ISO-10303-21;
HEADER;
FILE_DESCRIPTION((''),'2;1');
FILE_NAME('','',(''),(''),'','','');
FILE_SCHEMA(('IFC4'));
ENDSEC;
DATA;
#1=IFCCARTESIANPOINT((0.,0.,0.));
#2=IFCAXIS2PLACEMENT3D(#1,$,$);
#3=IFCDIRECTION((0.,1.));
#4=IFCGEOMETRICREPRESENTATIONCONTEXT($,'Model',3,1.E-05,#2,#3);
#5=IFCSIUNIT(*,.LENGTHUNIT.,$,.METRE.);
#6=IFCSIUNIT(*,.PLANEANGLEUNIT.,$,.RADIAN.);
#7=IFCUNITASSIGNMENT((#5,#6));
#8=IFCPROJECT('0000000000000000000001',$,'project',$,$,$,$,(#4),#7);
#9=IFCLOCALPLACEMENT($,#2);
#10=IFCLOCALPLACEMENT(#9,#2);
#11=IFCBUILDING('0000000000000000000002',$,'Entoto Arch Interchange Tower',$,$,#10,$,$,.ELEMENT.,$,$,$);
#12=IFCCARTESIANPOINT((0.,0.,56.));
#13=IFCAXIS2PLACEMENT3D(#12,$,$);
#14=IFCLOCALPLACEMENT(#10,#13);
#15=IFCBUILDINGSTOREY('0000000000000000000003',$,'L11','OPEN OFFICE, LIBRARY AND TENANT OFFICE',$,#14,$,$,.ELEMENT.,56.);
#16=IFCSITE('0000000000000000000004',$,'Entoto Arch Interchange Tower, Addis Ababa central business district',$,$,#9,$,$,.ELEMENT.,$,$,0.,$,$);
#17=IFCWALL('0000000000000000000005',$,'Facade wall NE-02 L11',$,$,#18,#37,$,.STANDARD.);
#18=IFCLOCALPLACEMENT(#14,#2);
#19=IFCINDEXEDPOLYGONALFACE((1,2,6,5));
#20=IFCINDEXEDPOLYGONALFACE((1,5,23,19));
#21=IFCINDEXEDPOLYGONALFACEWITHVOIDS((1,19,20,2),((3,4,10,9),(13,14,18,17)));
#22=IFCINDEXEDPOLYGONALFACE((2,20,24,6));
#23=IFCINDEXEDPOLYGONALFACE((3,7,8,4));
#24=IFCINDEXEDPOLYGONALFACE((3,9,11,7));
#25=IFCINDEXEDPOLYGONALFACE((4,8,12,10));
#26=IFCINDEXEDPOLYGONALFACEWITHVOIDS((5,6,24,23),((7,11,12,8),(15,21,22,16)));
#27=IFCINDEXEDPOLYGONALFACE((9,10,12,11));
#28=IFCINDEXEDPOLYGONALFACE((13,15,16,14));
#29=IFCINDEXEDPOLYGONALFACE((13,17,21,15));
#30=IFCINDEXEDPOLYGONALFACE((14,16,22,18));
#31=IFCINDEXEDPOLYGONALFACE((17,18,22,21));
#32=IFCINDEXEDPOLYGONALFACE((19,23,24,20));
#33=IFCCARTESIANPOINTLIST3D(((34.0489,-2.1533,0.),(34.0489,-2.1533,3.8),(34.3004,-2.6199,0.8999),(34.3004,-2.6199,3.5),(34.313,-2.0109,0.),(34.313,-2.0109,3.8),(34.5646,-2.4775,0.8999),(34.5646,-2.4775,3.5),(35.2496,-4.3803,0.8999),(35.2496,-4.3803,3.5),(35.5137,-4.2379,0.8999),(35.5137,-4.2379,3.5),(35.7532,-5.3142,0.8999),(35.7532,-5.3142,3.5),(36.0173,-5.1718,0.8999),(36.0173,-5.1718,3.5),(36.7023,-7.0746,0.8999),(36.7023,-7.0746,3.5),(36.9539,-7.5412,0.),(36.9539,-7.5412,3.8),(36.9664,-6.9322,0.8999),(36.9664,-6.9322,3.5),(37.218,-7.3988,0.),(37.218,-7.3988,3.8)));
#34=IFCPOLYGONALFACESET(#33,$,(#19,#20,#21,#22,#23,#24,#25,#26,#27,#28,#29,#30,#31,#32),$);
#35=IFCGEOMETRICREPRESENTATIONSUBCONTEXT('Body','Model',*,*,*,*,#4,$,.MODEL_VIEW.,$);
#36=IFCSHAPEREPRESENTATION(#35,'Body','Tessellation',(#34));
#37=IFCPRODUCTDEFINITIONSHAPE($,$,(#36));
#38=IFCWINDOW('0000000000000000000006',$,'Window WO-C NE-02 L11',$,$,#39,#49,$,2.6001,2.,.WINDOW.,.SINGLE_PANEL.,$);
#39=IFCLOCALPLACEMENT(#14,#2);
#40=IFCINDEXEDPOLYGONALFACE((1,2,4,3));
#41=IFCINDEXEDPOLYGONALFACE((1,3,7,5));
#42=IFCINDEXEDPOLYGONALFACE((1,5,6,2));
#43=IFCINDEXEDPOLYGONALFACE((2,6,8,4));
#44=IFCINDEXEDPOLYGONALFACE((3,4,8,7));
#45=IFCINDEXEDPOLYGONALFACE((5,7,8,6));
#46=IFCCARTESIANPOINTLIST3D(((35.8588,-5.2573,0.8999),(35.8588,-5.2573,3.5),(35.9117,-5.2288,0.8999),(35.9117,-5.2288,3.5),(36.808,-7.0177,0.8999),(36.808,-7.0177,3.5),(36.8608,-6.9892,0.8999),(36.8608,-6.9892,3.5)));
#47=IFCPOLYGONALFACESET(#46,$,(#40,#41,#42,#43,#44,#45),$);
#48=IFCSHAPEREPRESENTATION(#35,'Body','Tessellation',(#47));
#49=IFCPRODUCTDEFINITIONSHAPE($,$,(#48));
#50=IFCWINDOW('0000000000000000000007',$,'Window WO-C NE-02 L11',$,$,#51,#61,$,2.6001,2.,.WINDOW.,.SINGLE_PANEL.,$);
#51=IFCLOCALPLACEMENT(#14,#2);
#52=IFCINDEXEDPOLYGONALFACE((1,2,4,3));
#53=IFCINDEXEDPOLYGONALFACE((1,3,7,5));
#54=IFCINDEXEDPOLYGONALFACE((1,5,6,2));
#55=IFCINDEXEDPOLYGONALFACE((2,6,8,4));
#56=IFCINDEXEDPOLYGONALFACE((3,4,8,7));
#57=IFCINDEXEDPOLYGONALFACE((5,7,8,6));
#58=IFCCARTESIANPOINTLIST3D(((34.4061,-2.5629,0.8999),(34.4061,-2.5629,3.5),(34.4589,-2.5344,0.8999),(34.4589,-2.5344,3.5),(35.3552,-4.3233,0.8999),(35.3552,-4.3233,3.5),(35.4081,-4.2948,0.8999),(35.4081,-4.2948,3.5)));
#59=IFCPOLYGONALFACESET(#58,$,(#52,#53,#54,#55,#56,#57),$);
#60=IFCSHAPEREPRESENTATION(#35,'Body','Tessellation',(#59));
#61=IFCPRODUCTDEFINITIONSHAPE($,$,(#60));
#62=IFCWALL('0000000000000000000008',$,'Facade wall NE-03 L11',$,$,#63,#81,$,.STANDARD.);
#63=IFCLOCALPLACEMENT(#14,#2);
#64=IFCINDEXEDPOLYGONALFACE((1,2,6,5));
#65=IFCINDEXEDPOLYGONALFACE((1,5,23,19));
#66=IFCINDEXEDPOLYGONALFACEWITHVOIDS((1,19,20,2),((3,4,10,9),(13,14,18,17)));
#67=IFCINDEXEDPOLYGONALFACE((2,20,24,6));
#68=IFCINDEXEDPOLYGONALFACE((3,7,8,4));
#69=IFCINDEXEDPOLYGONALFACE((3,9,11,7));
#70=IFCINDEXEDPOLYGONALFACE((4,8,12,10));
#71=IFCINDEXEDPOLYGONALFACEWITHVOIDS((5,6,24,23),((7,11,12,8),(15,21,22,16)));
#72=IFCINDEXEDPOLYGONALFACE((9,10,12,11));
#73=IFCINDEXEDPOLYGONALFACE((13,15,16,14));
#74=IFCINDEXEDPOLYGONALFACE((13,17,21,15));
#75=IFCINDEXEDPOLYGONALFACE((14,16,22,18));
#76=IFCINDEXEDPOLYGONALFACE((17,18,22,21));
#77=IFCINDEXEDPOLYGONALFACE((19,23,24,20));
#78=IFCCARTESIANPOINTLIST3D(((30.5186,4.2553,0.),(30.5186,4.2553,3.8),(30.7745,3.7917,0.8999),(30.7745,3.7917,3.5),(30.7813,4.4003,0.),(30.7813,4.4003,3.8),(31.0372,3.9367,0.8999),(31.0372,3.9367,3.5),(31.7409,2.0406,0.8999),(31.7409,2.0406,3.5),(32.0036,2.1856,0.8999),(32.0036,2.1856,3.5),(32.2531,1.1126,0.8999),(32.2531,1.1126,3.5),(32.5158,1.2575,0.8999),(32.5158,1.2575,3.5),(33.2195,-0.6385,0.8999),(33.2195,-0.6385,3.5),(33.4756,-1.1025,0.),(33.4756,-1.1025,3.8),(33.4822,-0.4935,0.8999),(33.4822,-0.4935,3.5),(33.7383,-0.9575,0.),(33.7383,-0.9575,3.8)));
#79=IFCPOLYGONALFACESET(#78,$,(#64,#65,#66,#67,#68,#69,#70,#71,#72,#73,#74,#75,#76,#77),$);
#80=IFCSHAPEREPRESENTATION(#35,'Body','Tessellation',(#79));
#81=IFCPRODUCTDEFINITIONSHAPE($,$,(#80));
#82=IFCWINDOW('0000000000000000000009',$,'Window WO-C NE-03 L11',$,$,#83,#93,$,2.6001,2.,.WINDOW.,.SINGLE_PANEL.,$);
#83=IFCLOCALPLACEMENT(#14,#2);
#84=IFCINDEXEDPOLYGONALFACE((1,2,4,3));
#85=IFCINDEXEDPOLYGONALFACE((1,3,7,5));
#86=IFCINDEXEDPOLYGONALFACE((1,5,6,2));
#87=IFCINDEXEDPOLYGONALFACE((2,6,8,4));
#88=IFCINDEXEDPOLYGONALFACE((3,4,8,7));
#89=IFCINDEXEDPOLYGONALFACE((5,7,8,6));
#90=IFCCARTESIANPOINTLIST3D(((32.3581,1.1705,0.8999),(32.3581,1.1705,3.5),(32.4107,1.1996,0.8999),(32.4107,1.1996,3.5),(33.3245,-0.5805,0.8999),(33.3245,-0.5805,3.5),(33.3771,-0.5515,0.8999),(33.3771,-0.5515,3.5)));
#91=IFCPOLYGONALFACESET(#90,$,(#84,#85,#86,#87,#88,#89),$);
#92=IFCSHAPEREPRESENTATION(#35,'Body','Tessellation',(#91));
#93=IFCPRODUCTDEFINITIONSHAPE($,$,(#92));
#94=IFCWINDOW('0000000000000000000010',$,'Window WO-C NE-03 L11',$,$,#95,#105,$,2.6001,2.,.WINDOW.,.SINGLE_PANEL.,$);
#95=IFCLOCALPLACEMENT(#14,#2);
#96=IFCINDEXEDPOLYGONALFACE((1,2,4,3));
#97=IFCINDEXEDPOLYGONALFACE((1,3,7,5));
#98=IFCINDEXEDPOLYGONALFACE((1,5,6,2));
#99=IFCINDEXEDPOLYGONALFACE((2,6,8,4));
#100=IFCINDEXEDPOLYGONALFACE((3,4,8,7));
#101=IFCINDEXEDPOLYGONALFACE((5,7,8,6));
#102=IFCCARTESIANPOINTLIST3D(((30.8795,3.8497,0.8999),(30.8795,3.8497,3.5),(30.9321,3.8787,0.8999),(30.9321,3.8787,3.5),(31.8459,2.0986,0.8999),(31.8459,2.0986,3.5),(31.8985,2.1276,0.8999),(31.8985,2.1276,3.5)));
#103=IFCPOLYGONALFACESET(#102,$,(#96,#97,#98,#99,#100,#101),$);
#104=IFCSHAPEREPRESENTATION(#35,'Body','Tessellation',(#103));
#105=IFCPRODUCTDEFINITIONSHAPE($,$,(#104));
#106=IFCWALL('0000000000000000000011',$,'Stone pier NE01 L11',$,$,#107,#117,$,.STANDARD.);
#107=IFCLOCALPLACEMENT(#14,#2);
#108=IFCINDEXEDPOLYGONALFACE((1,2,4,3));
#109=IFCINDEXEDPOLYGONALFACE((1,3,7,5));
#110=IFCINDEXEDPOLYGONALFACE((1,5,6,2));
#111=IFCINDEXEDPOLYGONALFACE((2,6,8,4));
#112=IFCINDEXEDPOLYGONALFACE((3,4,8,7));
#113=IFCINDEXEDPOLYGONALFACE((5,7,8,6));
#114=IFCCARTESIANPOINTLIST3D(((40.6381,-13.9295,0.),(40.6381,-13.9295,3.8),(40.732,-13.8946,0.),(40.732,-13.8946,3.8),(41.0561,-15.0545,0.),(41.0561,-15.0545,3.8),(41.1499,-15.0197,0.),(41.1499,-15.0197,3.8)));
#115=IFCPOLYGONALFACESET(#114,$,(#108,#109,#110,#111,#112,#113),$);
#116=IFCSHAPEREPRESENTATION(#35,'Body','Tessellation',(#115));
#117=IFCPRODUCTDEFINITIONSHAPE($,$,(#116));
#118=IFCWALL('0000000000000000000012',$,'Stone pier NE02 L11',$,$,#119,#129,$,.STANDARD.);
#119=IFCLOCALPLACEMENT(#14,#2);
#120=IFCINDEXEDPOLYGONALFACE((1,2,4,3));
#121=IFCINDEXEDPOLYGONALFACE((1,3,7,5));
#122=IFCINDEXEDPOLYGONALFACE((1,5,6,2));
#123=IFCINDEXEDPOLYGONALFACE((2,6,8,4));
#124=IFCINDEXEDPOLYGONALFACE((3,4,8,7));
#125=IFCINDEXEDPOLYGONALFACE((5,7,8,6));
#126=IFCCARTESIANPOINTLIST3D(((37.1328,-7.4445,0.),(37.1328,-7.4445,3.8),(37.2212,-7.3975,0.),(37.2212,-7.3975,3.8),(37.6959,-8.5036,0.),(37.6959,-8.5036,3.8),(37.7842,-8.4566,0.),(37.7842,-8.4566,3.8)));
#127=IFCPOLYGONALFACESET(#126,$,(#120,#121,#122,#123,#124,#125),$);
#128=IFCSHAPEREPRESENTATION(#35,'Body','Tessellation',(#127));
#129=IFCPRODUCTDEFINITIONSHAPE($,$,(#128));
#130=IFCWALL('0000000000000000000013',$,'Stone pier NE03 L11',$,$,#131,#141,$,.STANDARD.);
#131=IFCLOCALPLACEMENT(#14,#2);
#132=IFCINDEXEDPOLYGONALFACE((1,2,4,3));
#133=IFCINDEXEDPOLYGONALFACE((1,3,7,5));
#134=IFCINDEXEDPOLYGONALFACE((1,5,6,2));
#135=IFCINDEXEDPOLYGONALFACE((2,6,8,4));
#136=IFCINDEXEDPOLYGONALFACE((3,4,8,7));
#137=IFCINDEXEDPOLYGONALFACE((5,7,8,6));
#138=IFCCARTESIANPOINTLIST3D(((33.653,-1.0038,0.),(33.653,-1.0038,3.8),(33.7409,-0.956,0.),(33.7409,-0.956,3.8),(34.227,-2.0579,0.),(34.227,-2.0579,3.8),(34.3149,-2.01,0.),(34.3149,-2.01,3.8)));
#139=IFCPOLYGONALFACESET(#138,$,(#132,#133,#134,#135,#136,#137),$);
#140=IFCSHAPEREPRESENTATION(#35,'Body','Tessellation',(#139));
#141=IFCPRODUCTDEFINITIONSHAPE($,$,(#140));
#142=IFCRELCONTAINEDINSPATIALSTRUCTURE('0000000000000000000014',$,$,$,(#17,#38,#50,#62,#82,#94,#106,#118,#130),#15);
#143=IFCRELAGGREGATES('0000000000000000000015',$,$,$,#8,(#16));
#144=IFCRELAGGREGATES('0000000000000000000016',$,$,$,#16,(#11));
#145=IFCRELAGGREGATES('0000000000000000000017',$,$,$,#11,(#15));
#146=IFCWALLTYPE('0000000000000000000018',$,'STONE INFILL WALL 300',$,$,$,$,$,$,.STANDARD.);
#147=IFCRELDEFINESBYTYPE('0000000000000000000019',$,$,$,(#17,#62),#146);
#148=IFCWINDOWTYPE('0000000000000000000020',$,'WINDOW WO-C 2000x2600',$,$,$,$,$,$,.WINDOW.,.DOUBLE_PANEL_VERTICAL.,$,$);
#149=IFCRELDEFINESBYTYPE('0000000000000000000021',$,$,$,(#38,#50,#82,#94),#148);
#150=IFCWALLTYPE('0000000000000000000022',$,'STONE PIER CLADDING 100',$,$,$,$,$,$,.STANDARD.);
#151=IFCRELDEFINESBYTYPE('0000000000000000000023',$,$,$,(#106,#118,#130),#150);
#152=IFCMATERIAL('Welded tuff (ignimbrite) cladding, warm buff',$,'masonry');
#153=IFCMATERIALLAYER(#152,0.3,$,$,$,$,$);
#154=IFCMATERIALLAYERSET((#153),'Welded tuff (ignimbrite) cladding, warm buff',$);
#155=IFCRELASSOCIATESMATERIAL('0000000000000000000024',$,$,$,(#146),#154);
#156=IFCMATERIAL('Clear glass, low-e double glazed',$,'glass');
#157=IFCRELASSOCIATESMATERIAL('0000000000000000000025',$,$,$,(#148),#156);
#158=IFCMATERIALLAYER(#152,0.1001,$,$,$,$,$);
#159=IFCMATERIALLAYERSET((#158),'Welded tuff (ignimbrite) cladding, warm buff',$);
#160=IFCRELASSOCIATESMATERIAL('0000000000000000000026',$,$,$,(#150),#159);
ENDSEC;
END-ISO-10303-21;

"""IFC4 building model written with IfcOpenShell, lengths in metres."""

from ifc_helpers import new_model, si_unit, direction, frame, frame_2d, origin, place, context, subcontext, project, spatial, rectangle, extrude, material, layer, layer_set, type_object, element, fill, save


model = new_model("IFC4")

# Units and contexts
model_context = context("Model", 3, precision=1e-05, world=origin(), true_north=direction((0.0, 1.0)))
body_context = subcontext(model_context, "Body", "Model", "MODEL_VIEW")
ifc_project = project(units=[si_unit("LENGTHUNIT", "METRE"), si_unit("PLANEANGLEUNIT", "RADIAN")], contexts=[model_context])

# Site, building, storey
site_placement = place(None, origin())
site = spatial("IfcSite", under=ifc_project, at=site_placement, Name="Entoto Arch Interchange Tower, Addis Ababa central business district", CompositionType="ELEMENT", RefElevation=0.0)
building_placement = place(site_placement, origin())
building = spatial("IfcBuilding", under=site, at=building_placement, Name="Entoto Arch Interchange Tower", CompositionType="ELEMENT")
storey_placement = place(building_placement, frame((0.0, 0.0, 56.0)))
storey = spatial("IfcBuildingStorey", under=building, at=storey_placement, Name="L11", Description="OPEN OFFICE, LIBRARY AND TENANT OFFICE", CompositionType="ELEMENT", Elevation=56.0)

# Shared definitions
ifc_material_1 = material(Name="Welded tuff (ignimbrite) cladding, warm buff", Category="masonry")
ifc_layer_1 = layer(ifc_material_1, 0.3)
ifc_layer_set_1 = layer_set([ifc_layer_1], Name="Welded tuff (ignimbrite) cladding, warm buff")
wall_type_1 = type_object("IfcWallType", Name="STONE INFILL WALL 300", PredefinedType="STANDARD", material=ifc_layer_set_1)
ifc_material_2 = material(Name="Clear glass, low-e double glazed", Category="glass")

# Walls, openings, windows
window_type_1 = type_object("IfcWindowType", Name="WINDOW WO-C 2000x2600", PartitioningType="DOUBLE_PANEL_VERTICAL", PredefinedType="WINDOW", material=ifc_material_2)
wall_1_placement = place(storey_placement, frame((37.0859, -7.47, 0.0), z_axis=(0.0, 0.0, 1.0), x_axis=(-0.474585, 0.88021, 0.0)))
wall_1 = element("IfcWall", 1, at=wall_1_placement, inside=storey, type_object=wall_type_1, Name="Facade wall NE-02 L11", PredefinedType="STANDARD", context=body_context, shape_type="SweptSolid", body=[
    extrude(rectangle(XDim=6.1211, YDim=0.3, at=frame_2d((3.0605, 0.0))), origin(), (0.0, 0.0, 1.0), 3.8),
])
opening_1_placement = place(wall_1_placement, frame((0.53, 0.0, 0.8999)))
opening_1 = element("IfcOpeningElement", 2, at=opening_1_placement, cuts=wall_1, PredefinedType="OPENING", context=body_context, shape_type="SweptSolid", body=[
    extrude(rectangle(XDim=2.0, YDim=2.6001, at=frame_2d((1.0, 1.3))), frame((0.0, 0.1602, 0.0), z_axis=(0.0, -1.0, 0.0), x_axis=(1.0, 0.0, 0.0)), (0.0, 0.0, 1.0), 0.3201),
])
opening_2_placement = place(wall_1_placement, frame((3.5911, 0.0, 0.8999)))
opening_2 = element("IfcOpeningElement", 3, at=opening_2_placement, cuts=wall_1, PredefinedType="OPENING", context=body_context, shape_type="SweptSolid", body=[
    extrude(rectangle(XDim=2.0, YDim=2.6001, at=frame_2d((1.0, 1.3))), frame((0.0, 0.1602, 0.0), z_axis=(0.0, -1.0, 0.0), x_axis=(1.0, 0.0, 0.0)), (0.0, 0.0, 1.0), 0.3201),
])
window_1_placement = place(opening_1_placement, origin())
window_1 = element("IfcWindow", 4, at=window_1_placement, inside=storey, type_object=window_type_1, Name="Window WO-C NE-02 L11", OverallHeight=2.6001, OverallWidth=2.0, PartitioningType="SINGLE_PANEL", PredefinedType="WINDOW", context=body_context, shape_type="SweptSolid", body=[
    extrude(rectangle(XDim=2.0, YDim=2.6001, at=frame_2d((1.0, 1.3))), frame((0.0, 0.03, 0.0), z_axis=(0.0, -1.0, 0.0), x_axis=(1.0, 0.0, 0.0)), (0.0, 0.0, 1.0), 0.0601),
])
fill(opening_1, window_1)
window_2_placement = place(opening_2_placement, origin())
window_2 = element("IfcWindow", 5, at=window_2_placement, inside=storey, type_object=window_type_1, Name="Window WO-C NE-02 L11", OverallHeight=2.6001, OverallWidth=2.0, PartitioningType="SINGLE_PANEL", PredefinedType="WINDOW", context=body_context, shape_type="SweptSolid", body=[
    extrude(rectangle(XDim=2.0, YDim=2.6001, at=frame_2d((1.0, 1.3))), frame((0.0, 0.03, 0.0), z_axis=(0.0, -1.0, 0.0), x_axis=(1.0, 0.0, 0.0)), (0.0, 0.0, 1.0), 0.0601),
])
fill(opening_2, window_2)
wall_2_placement = place(storey_placement, frame((33.6069, -1.03, 0.0), z_axis=(0.0, 0.0, 1.0), x_axis=(-0.483195, 0.875513, 0.0)))
wall_2 = element("IfcWall", 6, at=wall_2_placement, inside=storey, type_object=wall_type_1, Name="Facade wall NE-03 L11", PredefinedType="STANDARD", context=body_context, shape_type="SweptSolid", body=[
    extrude(rectangle(XDim=6.1196, YDim=0.3, at=frame_2d((3.0598, 0.0))), origin(), (0.0, 0.0, 1.0), 3.8),
])
opening_3_placement = place(wall_2_placement, frame((0.53, 0.0, 0.8999)))
opening_3 = element("IfcOpeningElement", 7, at=opening_3_placement, cuts=wall_2, PredefinedType="OPENING", context=body_context, shape_type="SweptSolid", body=[
    extrude(rectangle(XDim=2.0, YDim=2.6001, at=frame_2d((1.0, 1.3))), frame((0.0, 0.1602, 0.0), z_axis=(0.0, -1.0, 0.0), x_axis=(1.0, 0.0, 0.0)), (0.0, 0.0, 1.0), 0.3201),
])
opening_4_placement = place(wall_2_placement, frame((3.5901, 0.0, 0.8999)))
opening_4 = element("IfcOpeningElement", 8, at=opening_4_placement, cuts=wall_2, PredefinedType="OPENING", context=body_context, shape_type="SweptSolid", body=[
    extrude(rectangle(XDim=2.0, YDim=2.6001, at=frame_2d((1.0, 1.3))), frame((0.0, 0.1602, 0.0), z_axis=(0.0, -1.0, 0.0), x_axis=(1.0, 0.0, 0.0)), (0.0, 0.0, 1.0), 0.3201),
])
window_3_placement = place(opening_3_placement, origin())
window_3 = element("IfcWindow", 9, at=window_3_placement, inside=storey, type_object=window_type_1, Name="Window WO-C NE-03 L11", OverallHeight=2.6001, OverallWidth=2.0, PartitioningType="SINGLE_PANEL", PredefinedType="WINDOW", context=body_context, shape_type="SweptSolid", body=[
    extrude(rectangle(XDim=2.0, YDim=2.6001, at=frame_2d((1.0, 1.3))), frame((0.0, 0.03, 0.0), z_axis=(0.0, -1.0, 0.0), x_axis=(1.0, 0.0, 0.0)), (0.0, 0.0, 1.0), 0.0601),
])
fill(opening_3, window_3)
window_4_placement = place(opening_4_placement, origin())
window_4 = element("IfcWindow", 10, at=window_4_placement, inside=storey, type_object=window_type_1, Name="Window WO-C NE-03 L11", OverallHeight=2.6001, OverallWidth=2.0, PartitioningType="SINGLE_PANEL", PredefinedType="WINDOW", context=body_context, shape_type="SweptSolid", body=[
    extrude(rectangle(XDim=2.0, YDim=2.6001, at=frame_2d((1.0, 1.3))), frame((0.0, 0.03, 0.0), z_axis=(0.0, -1.0, 0.0), x_axis=(1.0, 0.0, 0.0)), (0.0, 0.0, 1.0), 0.0601),
])
fill(opening_4, window_4)

# Walls
ifc_layer_2 = layer(ifc_material_1, 0.1001)
ifc_layer_set_2 = layer_set([ifc_layer_2], Name="Welded tuff (ignimbrite) cladding, warm buff")
wall_type_2 = type_object("IfcWallType", Name="STONE PIER CLADDING 100", PredefinedType="STANDARD", material=ifc_layer_set_2)
wall_3_placement = place(storey_placement, frame((41.103, -15.0371, 0.0), z_axis=(0.0, 0.0, 1.0), x_axis=(-0.348268, 0.937395, 0.0)))
element("IfcWall", 11, at=wall_3_placement, inside=storey, type_object=wall_type_2, Name="Stone pier NE01 L11", PredefinedType="STANDARD", context=body_context, shape_type="SweptSolid", body=[
    extrude(rectangle(XDim=1.2002, YDim=0.1001, at=frame_2d((0.6001, 0.0))), origin(), (0.0, 0.0, 1.0), 3.8),
])
wall_4_placement = place(storey_placement, frame((37.74, -8.48, 0.0), z_axis=(0.0, 0.0, 1.0), x_axis=(-0.469383, 0.882994, 0.0)))
element("IfcWall", 12, at=wall_4_placement, inside=storey, type_object=wall_type_2, Name="Stone pier NE02 L11", PredefinedType="STANDARD", context=body_context, shape_type="SweptSolid", body=[
    extrude(rectangle(XDim=1.1995, YDim=0.1001, at=frame_2d((0.5996, 0.0))), origin(), (0.0, 0.0, 1.0), 3.8),
])
wall_5_placement = place(storey_placement, frame((34.271, -2.0339, 0.0), z_axis=(0.0, 0.0, 1.0), x_axis=(-0.478268, 0.878214, 0.0)))
element("IfcWall", 13, at=wall_5_placement, inside=storey, type_object=wall_type_2, Name="Stone pier NE03 L11", PredefinedType="STANDARD", context=body_context, shape_type="SweptSolid", body=[
    extrude(rectangle(XDim=1.2002, YDim=0.1001, at=frame_2d((0.6001, 0.0))), origin(), (0.0, 0.0, 1.0), 3.8),
])

save(model, "model.ifc")
